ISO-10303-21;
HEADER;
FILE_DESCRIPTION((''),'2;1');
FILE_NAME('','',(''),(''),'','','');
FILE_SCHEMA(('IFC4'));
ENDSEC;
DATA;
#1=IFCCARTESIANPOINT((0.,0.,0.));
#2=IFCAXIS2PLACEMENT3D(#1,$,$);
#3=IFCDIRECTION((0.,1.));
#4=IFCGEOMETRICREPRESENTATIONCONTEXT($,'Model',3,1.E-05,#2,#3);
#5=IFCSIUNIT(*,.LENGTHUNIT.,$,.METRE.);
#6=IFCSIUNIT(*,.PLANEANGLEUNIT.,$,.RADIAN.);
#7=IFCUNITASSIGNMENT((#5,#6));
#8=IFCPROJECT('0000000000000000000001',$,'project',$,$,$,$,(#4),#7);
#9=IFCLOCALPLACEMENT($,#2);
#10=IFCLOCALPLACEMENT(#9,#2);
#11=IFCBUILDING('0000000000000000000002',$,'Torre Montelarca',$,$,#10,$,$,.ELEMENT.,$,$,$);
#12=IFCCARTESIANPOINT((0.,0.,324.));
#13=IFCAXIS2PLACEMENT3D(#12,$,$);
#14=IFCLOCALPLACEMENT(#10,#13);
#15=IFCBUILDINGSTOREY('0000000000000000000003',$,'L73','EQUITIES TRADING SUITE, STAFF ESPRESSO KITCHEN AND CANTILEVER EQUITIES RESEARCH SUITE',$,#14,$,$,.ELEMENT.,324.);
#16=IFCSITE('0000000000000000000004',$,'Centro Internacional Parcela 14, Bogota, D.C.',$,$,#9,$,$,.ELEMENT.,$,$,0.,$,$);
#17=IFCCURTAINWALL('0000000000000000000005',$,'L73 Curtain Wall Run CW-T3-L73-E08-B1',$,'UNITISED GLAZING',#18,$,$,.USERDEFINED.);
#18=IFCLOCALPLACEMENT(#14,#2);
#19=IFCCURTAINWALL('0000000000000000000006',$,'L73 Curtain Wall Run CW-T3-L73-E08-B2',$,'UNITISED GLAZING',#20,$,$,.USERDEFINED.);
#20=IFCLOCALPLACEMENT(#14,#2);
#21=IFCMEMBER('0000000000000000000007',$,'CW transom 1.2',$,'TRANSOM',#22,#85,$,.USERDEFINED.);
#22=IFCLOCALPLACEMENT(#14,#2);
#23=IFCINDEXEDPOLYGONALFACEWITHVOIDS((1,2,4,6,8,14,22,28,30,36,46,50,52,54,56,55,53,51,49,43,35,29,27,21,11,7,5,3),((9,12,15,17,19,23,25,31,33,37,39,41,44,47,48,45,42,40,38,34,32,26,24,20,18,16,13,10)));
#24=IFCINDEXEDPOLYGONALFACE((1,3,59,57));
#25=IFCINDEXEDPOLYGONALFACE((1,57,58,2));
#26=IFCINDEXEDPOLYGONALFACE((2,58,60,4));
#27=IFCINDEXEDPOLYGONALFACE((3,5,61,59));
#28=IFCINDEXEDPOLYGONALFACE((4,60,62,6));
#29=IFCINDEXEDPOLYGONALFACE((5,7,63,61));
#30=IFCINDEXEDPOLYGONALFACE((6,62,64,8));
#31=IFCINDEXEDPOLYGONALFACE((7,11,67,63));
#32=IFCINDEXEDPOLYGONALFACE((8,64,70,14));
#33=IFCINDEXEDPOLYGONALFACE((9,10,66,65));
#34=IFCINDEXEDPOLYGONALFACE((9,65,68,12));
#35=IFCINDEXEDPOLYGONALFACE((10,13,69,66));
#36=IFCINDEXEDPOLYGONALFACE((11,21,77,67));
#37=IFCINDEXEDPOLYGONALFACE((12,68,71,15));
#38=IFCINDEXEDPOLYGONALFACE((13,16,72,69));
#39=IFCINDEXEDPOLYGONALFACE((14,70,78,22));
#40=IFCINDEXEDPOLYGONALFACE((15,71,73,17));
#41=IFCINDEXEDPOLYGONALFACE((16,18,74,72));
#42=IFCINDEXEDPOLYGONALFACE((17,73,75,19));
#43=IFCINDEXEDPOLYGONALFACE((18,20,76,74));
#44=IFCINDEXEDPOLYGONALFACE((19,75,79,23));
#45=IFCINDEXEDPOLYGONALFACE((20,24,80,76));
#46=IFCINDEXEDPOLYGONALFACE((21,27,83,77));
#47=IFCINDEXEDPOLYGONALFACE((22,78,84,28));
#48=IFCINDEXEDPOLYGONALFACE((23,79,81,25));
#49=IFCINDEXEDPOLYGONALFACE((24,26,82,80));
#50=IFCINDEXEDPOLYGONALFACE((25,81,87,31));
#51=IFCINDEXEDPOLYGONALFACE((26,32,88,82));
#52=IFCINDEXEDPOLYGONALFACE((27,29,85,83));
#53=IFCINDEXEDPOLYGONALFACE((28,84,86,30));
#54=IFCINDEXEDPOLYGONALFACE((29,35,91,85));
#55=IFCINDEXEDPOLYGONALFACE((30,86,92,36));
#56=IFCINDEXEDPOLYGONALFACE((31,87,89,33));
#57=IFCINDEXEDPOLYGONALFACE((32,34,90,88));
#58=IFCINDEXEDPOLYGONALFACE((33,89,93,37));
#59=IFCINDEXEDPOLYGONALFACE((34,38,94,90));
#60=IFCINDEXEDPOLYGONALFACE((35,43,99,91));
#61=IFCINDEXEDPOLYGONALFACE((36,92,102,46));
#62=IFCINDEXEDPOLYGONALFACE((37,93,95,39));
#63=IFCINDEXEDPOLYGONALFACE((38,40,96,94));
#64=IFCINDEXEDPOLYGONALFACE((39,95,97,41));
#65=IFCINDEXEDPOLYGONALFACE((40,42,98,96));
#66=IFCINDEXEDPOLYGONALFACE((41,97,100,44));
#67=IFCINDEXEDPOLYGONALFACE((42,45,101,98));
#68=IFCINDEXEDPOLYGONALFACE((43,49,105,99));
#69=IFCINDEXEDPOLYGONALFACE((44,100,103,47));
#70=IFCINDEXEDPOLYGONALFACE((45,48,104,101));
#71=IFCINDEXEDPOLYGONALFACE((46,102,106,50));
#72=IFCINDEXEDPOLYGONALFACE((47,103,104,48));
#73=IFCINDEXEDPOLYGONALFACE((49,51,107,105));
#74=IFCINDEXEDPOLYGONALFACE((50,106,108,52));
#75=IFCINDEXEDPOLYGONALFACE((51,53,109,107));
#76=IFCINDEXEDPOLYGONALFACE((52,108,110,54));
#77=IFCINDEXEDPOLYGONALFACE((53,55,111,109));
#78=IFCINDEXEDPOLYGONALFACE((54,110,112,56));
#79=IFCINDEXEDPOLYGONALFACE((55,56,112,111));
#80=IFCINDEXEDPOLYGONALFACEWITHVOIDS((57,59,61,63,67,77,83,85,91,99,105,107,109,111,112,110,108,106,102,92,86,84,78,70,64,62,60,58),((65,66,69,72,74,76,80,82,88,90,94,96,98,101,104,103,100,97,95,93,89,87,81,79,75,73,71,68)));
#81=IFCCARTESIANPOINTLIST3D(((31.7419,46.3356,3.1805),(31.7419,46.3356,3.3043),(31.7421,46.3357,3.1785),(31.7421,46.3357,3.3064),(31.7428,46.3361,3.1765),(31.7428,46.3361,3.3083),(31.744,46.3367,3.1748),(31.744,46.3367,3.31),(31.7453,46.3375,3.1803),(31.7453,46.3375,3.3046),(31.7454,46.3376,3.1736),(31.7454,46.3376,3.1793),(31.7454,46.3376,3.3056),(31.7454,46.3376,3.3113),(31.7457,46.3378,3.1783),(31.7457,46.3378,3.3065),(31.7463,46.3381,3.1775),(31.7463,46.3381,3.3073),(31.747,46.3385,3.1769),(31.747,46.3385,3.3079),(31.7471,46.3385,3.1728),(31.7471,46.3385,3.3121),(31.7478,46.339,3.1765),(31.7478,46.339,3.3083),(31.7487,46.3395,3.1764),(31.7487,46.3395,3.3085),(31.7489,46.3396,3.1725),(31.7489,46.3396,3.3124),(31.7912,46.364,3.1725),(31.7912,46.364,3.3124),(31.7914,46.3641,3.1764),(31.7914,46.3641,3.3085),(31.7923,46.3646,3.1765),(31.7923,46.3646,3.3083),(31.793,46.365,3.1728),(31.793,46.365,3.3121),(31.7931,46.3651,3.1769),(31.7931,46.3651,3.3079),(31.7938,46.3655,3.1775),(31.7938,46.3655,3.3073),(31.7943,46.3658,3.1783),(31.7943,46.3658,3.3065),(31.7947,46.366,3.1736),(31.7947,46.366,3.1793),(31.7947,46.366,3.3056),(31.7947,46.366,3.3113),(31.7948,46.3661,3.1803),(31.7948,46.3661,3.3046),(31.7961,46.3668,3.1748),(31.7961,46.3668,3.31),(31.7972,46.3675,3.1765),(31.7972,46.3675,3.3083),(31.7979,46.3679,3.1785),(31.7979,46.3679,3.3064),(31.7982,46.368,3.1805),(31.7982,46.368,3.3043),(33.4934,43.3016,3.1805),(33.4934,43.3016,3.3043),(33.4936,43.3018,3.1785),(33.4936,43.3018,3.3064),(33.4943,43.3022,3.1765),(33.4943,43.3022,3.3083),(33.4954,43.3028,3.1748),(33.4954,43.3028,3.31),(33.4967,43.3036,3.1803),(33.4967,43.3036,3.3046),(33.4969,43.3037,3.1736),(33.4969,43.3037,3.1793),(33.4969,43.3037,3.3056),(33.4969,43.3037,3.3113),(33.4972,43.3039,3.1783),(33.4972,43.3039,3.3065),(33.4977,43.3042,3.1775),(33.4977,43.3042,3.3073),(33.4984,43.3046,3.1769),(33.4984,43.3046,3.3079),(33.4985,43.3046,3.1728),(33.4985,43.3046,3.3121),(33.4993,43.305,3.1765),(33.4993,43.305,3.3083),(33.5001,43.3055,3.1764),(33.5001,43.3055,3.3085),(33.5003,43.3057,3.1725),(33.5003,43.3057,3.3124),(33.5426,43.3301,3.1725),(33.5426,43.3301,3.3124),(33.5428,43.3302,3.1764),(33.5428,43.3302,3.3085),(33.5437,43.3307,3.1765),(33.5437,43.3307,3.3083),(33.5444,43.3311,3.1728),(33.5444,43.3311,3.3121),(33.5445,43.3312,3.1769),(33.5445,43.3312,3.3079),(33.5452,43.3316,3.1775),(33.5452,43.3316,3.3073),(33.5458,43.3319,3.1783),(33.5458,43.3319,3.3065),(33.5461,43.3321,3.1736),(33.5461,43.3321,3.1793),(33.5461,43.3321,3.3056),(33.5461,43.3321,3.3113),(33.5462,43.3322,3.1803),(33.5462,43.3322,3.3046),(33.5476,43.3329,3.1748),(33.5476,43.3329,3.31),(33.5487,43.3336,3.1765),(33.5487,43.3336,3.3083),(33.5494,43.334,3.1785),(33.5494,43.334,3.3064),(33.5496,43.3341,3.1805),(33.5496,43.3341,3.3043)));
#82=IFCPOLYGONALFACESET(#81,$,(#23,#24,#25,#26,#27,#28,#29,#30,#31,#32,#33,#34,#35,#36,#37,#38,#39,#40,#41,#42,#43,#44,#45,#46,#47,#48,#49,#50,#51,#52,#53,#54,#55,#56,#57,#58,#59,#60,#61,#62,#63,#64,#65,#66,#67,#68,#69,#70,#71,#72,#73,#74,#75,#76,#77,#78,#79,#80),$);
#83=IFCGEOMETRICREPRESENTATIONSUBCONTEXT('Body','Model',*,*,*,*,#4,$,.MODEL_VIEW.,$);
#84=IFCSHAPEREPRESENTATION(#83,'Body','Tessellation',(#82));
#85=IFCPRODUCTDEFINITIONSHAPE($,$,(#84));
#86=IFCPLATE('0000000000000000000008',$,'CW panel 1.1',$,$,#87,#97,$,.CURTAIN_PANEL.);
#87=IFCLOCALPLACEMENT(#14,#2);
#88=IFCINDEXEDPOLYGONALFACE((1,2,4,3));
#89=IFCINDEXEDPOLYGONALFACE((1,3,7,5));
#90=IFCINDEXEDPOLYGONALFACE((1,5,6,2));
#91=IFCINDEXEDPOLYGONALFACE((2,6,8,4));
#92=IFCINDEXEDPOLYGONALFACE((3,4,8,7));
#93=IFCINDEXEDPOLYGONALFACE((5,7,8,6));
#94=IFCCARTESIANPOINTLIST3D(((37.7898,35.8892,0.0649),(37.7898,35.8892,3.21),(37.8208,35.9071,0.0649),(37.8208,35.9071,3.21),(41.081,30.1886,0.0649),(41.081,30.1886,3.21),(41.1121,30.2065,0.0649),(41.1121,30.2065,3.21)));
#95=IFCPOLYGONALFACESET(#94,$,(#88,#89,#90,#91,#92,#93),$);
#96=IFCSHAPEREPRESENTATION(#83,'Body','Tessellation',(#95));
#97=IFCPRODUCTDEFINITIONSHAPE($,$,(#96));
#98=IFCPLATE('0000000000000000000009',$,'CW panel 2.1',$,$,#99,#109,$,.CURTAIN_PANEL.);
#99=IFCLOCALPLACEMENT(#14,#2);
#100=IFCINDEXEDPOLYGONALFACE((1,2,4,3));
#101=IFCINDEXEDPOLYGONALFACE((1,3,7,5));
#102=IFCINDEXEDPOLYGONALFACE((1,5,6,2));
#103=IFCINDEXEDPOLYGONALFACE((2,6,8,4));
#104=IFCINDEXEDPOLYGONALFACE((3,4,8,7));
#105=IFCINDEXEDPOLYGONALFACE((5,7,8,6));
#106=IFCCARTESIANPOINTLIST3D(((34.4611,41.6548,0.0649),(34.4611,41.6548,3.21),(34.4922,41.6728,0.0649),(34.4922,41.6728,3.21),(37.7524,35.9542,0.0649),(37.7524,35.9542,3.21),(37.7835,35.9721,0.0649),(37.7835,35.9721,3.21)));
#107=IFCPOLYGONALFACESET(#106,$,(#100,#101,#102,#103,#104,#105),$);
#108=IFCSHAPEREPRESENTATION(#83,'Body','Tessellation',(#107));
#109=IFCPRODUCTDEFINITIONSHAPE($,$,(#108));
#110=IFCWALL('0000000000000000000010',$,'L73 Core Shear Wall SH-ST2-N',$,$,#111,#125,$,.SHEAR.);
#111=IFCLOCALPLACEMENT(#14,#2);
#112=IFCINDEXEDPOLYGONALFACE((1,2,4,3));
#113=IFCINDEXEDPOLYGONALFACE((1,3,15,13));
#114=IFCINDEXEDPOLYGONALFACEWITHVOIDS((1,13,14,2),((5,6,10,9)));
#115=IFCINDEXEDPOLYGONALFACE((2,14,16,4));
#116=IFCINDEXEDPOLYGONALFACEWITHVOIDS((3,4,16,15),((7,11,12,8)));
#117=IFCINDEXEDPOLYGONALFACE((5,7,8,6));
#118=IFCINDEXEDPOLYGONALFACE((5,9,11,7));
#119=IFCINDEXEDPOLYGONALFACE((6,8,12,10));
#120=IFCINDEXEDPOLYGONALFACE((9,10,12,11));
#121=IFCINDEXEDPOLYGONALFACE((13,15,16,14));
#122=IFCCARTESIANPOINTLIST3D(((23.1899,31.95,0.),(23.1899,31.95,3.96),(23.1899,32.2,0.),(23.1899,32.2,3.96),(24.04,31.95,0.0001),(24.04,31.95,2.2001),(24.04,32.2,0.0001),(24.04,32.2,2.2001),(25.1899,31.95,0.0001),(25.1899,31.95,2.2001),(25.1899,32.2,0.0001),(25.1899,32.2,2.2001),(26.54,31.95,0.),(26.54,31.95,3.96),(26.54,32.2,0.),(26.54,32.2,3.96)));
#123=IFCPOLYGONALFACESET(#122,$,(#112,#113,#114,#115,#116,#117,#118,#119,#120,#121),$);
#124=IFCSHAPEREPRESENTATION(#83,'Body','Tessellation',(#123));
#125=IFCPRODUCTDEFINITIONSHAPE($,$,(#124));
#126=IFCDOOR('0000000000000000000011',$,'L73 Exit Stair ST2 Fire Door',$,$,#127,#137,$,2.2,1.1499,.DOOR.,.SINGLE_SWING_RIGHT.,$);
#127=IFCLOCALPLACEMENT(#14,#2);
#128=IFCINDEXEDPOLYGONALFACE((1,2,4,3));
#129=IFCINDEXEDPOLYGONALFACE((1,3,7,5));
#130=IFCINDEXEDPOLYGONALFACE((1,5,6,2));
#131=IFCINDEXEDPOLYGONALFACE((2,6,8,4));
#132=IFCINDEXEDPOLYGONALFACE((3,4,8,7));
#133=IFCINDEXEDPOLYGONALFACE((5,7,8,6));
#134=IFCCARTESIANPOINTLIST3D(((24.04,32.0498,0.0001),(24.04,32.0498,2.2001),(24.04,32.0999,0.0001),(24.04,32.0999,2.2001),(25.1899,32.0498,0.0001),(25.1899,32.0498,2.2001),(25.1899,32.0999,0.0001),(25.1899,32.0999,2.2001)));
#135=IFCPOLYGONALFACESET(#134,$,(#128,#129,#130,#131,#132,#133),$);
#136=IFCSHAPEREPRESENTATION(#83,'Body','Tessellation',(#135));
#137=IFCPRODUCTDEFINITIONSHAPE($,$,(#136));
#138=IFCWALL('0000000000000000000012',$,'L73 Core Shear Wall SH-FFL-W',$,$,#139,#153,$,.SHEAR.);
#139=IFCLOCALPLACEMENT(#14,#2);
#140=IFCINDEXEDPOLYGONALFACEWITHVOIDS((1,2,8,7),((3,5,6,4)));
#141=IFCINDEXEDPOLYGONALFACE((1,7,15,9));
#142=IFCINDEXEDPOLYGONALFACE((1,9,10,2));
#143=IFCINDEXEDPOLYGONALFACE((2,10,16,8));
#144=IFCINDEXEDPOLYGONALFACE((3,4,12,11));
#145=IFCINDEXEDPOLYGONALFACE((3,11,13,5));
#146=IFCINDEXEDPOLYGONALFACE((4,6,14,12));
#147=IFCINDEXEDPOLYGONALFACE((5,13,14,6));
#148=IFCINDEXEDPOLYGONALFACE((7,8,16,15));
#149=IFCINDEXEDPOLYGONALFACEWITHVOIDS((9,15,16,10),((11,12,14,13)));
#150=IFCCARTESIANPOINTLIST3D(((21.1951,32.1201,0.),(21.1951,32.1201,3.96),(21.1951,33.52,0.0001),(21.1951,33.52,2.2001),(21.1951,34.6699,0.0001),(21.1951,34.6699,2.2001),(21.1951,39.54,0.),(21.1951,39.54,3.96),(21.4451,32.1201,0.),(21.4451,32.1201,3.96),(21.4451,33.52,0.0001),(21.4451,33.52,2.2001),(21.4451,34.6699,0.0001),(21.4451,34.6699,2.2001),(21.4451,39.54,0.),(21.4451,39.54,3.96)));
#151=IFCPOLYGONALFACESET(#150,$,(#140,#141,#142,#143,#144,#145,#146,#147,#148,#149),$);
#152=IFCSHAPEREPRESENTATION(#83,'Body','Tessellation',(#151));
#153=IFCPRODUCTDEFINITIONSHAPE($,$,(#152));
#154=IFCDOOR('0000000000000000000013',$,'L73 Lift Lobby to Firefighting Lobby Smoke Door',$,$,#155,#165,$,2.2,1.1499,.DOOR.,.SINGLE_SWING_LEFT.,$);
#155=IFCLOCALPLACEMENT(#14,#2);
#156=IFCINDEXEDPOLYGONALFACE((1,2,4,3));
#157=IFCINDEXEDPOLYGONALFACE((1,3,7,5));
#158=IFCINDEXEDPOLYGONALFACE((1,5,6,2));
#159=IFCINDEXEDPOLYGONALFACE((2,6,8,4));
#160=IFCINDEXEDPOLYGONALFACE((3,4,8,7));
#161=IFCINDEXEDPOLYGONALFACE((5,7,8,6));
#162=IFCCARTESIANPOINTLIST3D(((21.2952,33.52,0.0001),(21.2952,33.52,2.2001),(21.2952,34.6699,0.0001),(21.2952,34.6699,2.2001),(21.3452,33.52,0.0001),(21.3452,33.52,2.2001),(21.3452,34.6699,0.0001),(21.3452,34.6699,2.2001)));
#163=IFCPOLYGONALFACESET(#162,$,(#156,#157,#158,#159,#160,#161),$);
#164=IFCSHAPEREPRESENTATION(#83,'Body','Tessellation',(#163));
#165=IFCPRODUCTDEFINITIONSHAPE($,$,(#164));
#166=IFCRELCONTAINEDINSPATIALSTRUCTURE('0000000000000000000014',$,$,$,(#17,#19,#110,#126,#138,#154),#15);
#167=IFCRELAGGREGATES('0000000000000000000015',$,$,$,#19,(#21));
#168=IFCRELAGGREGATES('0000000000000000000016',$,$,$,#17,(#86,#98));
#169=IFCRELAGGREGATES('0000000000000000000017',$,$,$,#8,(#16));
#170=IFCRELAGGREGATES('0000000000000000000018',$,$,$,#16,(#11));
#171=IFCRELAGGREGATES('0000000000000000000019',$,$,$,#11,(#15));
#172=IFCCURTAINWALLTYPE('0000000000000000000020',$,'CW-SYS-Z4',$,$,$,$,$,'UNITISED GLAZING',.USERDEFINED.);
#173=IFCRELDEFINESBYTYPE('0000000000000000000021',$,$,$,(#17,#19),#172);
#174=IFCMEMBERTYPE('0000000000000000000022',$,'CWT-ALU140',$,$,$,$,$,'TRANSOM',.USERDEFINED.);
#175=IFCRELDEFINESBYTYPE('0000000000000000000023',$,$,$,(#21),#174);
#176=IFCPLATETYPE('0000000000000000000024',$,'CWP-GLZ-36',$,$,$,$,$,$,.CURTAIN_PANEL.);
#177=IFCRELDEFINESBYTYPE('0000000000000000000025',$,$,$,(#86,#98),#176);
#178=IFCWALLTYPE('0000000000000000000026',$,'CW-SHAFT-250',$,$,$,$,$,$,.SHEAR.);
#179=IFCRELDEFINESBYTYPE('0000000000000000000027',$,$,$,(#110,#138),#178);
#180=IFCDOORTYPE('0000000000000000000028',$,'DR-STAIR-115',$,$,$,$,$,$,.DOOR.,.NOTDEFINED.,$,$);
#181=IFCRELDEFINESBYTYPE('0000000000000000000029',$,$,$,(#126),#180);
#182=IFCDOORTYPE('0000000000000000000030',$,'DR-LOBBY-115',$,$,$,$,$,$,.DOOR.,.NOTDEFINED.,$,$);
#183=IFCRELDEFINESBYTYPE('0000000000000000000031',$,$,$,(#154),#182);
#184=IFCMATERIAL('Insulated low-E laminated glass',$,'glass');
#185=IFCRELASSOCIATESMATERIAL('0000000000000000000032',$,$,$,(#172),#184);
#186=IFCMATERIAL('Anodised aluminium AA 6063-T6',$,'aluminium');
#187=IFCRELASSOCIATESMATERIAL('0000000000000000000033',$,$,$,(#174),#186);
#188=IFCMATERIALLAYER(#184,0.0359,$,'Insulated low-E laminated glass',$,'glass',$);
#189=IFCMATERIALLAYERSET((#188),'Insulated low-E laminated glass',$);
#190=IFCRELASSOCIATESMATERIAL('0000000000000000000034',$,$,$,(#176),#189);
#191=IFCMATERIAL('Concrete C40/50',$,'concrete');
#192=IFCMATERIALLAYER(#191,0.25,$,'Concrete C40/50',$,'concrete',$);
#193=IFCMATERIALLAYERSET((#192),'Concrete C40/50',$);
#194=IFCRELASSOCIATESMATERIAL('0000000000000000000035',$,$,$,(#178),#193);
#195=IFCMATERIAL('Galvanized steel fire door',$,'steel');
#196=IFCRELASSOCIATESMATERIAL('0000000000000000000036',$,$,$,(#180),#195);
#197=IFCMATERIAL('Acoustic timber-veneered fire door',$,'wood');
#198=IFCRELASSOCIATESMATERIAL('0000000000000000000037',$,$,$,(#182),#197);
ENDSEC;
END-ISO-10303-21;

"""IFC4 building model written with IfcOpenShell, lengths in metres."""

from ifc_helpers import new_model, si_unit, direction, frame, frame_2d, origin, origin_2d, place, context, subcontext, project, spatial, rectangle, hollow_rectangle, extrude, source, transform, mapped, material, layer, layer_set, material_profile, profile_set, type_object, element, fill, aggregate, save


model = new_model("IFC4")

# Units and contexts
model_context = context("Model", 3, precision=1e-05, world=origin(), true_north=direction((0.0, 1.0)))
body_context = subcontext(model_context, "Body", "Model", "MODEL_VIEW")
ifc_project = project(units=[si_unit("LENGTHUNIT", "METRE"), si_unit("PLANEANGLEUNIT", "RADIAN")], contexts=[model_context])

# Site, building, storey
site_placement = place(None, origin())
site = spatial("IfcSite", under=ifc_project, at=site_placement, Name="Centro Internacional Parcela 14, Bogota, D.C.", CompositionType="ELEMENT", RefElevation=0.0)
building_placement = place(site_placement, origin())
building = spatial("IfcBuilding", under=site, at=building_placement, Name="Torre Montelarca", CompositionType="ELEMENT")
storey_placement = place(building_placement, frame((0.0, 0.0, 324.0)))
storey = spatial("IfcBuildingStorey", under=building, at=storey_placement, Name="L73", Description="EQUITIES TRADING SUITE, STAFF ESPRESSO KITCHEN AND CANTILEVER EQUITIES RESEARCH SUITE", CompositionType="ELEMENT", Elevation=324.0)

# Shared definitions
ifc_material_1 = material(Name="Concrete C40/50", Category="concrete")

# Curtain wall
ifc_material_2 = material(Name="Insulated low-E laminated glass", Category="glass")
curtain_wall_type = type_object("IfcCurtainWallType", Name="CW-SYS-Z4", ElementType="UNITISED GLAZING", PredefinedType="USERDEFINED", material=ifc_material_2)
curtain_wall_1_placement = place(storey_placement, origin())
curtain_wall_1 = element("IfcCurtainWall", 1, at=curtain_wall_1_placement, inside=storey, type_object=curtain_wall_type, Name="L73 Curtain Wall Run CW-T3-L73-E08-B1", ObjectType="UNITISED GLAZING", PredefinedType="USERDEFINED")
ifc_material_3 = material(Name="Anodised aluminium AA 6063-T6", Category="aluminium")

# Curtain wall
curtain_wall_2_placement = place(storey_placement, origin())
curtain_wall_2 = element("IfcCurtainWall", 2, at=curtain_wall_2_placement, inside=storey, type_object=curtain_wall_type, Name="L73 Curtain Wall Run CW-T3-L73-E08-B2", ObjectType="UNITISED GLAZING", PredefinedType="USERDEFINED")

# Member
ifc_material_profile_1 = material_profile(ifc_material_3, hollow_rectangle(XDim=0.0649, YDim=0.1399, WallThickness=0.0039, InnerFilletRadius=0.0039, OuterFilletRadius=0.0081, at=origin_2d()), Name="ALU65X140X4", Category="aluminium")
ifc_profile_set_1 = profile_set([ifc_material_profile_1], Name="Anodised aluminium AA 6063-T6")
member_type_1 = type_object("IfcMemberType", Name="CWT-ALU140", ElementType="TRANSOM", PredefinedType="USERDEFINED", material=ifc_profile_set_1)
shared_shape_1 = source(origin(), body_context, "Body", "SweptSolid", [
    extrude(hollow_rectangle(XDim=0.0649, YDim=0.1399, WallThickness=0.0039, InnerFilletRadius=0.0039, OuterFilletRadius=0.0081, at=origin_2d()), origin(), (0.0, 0.0, 1.0), 3.5032),
])
member_1_placement = place(storey_placement, frame((33.5215, 43.3179, 3.2424), z_axis=(-0.499962, 0.866047, 0.0), x_axis=(-0.866047, -0.499962, 0.0)))
member_1 = element("IfcMember", 3, at=member_1_placement, type_object=member_type_1, Name="CW transom 1.2", ObjectType="TRANSOM", PredefinedType="USERDEFINED", context=body_context, shape_type="MappedRepresentation", body=[
    mapped(shared_shape_1, transform((0.0, 0.0, 0.0), scale=1.0)),
])
aggregate(curtain_wall_2, [member_1])

# Plates
ifc_layer_1 = layer(ifc_material_2, 0.0359, Name="Insulated low-E laminated glass", Category="glass")
ifc_layer_set_1 = layer_set([ifc_layer_1], Name="Insulated low-E laminated glass")
plate_type = type_object("IfcPlateType", Name="CWP-GLZ-36", PredefinedType="CURTAIN_PANEL", material=ifc_layer_set_1)
shared_shape_2 = source(origin(), body_context, "Body", "SweptSolid", [
    extrude(rectangle(XDim=6.5825, YDim=0.0359, at=origin_2d()), origin(), (0.0, 0.0, 1.0), 3.145),
])
plate_1_placement = place(storey_placement, frame((39.4509, 33.0479, 0.0649), z_axis=(0.0, 0.0, 1.0), x_axis=(-0.499999, 0.866026, 0.0)))
plate_1 = element("IfcPlate", 4, at=plate_1_placement, type_object=plate_type, Name="CW panel 1.1", PredefinedType="CURTAIN_PANEL", context=body_context, shape_type="MappedRepresentation", body=[
    mapped(shared_shape_2, transform((0.0, 0.0, 0.0), scale=1.0)),
])
plate_2_placement = place(storey_placement, frame((36.1223, 38.8135, 0.0649), z_axis=(0.0, 0.0, 1.0), x_axis=(-0.499999, 0.866026, 0.0)))
plate_2 = element("IfcPlate", 5, at=plate_2_placement, type_object=plate_type, Name="CW panel 2.1", PredefinedType="CURTAIN_PANEL", context=body_context, shape_type="MappedRepresentation", body=[
    mapped(shared_shape_2, transform((0.0, 0.0, 0.0), scale=1.0)),
])
aggregate(curtain_wall_1, [plate_1, plate_2])

# Walls, openings, doors
ifc_layer_2 = layer(ifc_material_1, 0.25, Name="Concrete C40/50", Category="concrete")
ifc_layer_set_2 = layer_set([ifc_layer_2], Name="Concrete C40/50")
wall_type_1 = type_object("IfcWallType", Name="CW-SHAFT-250", PredefinedType="SHEAR", material=ifc_layer_set_2)
wall_1_placement = place(storey_placement, frame((23.1899, 32.075, 0.0), z_axis=(0.0, 0.0, 1.0), x_axis=(1.0, 0.0, 0.0)))
wall_1 = element("IfcWall", 6, at=wall_1_placement, inside=storey, type_object=wall_type_1, Name="L73 Core Shear Wall SH-ST2-N", PredefinedType="SHEAR", context=body_context, shape_type="SweptSolid", body=[
    extrude(rectangle(XDim=3.3501, YDim=0.25, at=frame_2d((1.675, 0.0))), origin(), (0.0, 0.0, 1.0), 3.96),
])
opening_1_placement = place(wall_1_placement, frame((0.8501, 0.0, 0.0)))
opening_1 = element("IfcOpeningElement", 7, at=opening_1_placement, cuts=wall_1, PredefinedType="OPENING", context=body_context, shape_type="SweptSolid", body=[
    extrude(rectangle(XDim=1.1499, YDim=2.2, at=frame_2d((0.575, 1.1001))), frame((0.0, 0.135, 0.0), z_axis=(0.0, -1.0, 0.0), x_axis=(1.0, 0.0, 0.0)), (0.0, 0.0, 1.0), 0.27),
])
ifc_material_4 = material(Name="Galvanized steel fire door", Category="steel")
door_type_1 = type_object("IfcDoorType", Name="DR-STAIR-115", OperationType="NOTDEFINED", PredefinedType="DOOR", material=ifc_material_4)
shared_shape_3 = source(origin(), body_context, "Body", "SweptSolid", [
    extrude(rectangle(XDim=1.1499, YDim=2.2, at=frame_2d((0.575, 1.1001))), frame((0.0, 0.0249, 0.0), z_axis=(0.0, -1.0, 0.0), x_axis=(1.0, 0.0, 0.0)), (0.0, 0.0, 1.0), 0.05),
])
door_1_placement = place(opening_1_placement, origin())
door_1 = element("IfcDoor", 8, at=door_1_placement, inside=storey, type_object=door_type_1, Name="L73 Exit Stair ST2 Fire Door", OperationType="SINGLE_SWING_RIGHT", OverallHeight=2.2, OverallWidth=1.1499, PredefinedType="DOOR", context=body_context, shape_type="MappedRepresentation", body=[
    mapped(shared_shape_3, transform((0.0, 0.0, 0.0), scale=1.0)),
])
fill(opening_1, door_1)
wall_2_placement = place(storey_placement, frame((21.3201, 32.1201, 0.0), z_axis=(0.0, 0.0, 1.0), x_axis=(0.0, 1.0, 0.0)))
wall_2 = element("IfcWall", 9, at=wall_2_placement, inside=storey, type_object=wall_type_1, Name="L73 Core Shear Wall SH-FFL-W", PredefinedType="SHEAR", context=body_context, shape_type="SweptSolid", body=[
    extrude(rectangle(XDim=7.4199, YDim=0.25, at=frame_2d((3.71, 0.0))), origin(), (0.0, 0.0, 1.0), 3.96),
])
opening_2_placement = place(wall_2_placement, frame((1.3999, 0.0, 0.0)))
opening_2 = element("IfcOpeningElement", 10, at=opening_2_placement, cuts=wall_2, PredefinedType="OPENING", context=body_context, shape_type="SweptSolid", body=[
    extrude(rectangle(XDim=1.1499, YDim=2.2, at=frame_2d((0.575, 1.1001))), frame((0.0, 0.135, 0.0), z_axis=(0.0, -1.0, 0.0), x_axis=(1.0, 0.0, 0.0)), (0.0, 0.0, 1.0), 0.27),
])
ifc_material_5 = material(Name="Acoustic timber-veneered fire door", Category="wood")
door_type_2 = type_object("IfcDoorType", Name="DR-LOBBY-115", OperationType="NOTDEFINED", PredefinedType="DOOR", material=ifc_material_5)
shared_shape_4 = source(origin(), body_context, "Body", "SweptSolid", [
    extrude(rectangle(XDim=1.1499, YDim=2.2, at=frame_2d((0.575, 1.1001))), frame((0.0, 0.0249, 0.0), z_axis=(0.0, -1.0, 0.0), x_axis=(1.0, 0.0, 0.0)), (0.0, 0.0, 1.0), 0.05),
])
door_2_placement = place(opening_2_placement, origin())
door_2 = element("IfcDoor", 11, at=door_2_placement, inside=storey, type_object=door_type_2, Name="L73 Lift Lobby to Firefighting Lobby Smoke Door", OperationType="SINGLE_SWING_LEFT", OverallHeight=2.2, OverallWidth=1.1499, PredefinedType="DOOR", context=body_context, shape_type="MappedRepresentation", body=[
    mapped(shared_shape_4, transform((0.0, 0.0, 0.0), scale=1.0)),
])
fill(opening_2, door_2)

save(model, "model.ifc")
